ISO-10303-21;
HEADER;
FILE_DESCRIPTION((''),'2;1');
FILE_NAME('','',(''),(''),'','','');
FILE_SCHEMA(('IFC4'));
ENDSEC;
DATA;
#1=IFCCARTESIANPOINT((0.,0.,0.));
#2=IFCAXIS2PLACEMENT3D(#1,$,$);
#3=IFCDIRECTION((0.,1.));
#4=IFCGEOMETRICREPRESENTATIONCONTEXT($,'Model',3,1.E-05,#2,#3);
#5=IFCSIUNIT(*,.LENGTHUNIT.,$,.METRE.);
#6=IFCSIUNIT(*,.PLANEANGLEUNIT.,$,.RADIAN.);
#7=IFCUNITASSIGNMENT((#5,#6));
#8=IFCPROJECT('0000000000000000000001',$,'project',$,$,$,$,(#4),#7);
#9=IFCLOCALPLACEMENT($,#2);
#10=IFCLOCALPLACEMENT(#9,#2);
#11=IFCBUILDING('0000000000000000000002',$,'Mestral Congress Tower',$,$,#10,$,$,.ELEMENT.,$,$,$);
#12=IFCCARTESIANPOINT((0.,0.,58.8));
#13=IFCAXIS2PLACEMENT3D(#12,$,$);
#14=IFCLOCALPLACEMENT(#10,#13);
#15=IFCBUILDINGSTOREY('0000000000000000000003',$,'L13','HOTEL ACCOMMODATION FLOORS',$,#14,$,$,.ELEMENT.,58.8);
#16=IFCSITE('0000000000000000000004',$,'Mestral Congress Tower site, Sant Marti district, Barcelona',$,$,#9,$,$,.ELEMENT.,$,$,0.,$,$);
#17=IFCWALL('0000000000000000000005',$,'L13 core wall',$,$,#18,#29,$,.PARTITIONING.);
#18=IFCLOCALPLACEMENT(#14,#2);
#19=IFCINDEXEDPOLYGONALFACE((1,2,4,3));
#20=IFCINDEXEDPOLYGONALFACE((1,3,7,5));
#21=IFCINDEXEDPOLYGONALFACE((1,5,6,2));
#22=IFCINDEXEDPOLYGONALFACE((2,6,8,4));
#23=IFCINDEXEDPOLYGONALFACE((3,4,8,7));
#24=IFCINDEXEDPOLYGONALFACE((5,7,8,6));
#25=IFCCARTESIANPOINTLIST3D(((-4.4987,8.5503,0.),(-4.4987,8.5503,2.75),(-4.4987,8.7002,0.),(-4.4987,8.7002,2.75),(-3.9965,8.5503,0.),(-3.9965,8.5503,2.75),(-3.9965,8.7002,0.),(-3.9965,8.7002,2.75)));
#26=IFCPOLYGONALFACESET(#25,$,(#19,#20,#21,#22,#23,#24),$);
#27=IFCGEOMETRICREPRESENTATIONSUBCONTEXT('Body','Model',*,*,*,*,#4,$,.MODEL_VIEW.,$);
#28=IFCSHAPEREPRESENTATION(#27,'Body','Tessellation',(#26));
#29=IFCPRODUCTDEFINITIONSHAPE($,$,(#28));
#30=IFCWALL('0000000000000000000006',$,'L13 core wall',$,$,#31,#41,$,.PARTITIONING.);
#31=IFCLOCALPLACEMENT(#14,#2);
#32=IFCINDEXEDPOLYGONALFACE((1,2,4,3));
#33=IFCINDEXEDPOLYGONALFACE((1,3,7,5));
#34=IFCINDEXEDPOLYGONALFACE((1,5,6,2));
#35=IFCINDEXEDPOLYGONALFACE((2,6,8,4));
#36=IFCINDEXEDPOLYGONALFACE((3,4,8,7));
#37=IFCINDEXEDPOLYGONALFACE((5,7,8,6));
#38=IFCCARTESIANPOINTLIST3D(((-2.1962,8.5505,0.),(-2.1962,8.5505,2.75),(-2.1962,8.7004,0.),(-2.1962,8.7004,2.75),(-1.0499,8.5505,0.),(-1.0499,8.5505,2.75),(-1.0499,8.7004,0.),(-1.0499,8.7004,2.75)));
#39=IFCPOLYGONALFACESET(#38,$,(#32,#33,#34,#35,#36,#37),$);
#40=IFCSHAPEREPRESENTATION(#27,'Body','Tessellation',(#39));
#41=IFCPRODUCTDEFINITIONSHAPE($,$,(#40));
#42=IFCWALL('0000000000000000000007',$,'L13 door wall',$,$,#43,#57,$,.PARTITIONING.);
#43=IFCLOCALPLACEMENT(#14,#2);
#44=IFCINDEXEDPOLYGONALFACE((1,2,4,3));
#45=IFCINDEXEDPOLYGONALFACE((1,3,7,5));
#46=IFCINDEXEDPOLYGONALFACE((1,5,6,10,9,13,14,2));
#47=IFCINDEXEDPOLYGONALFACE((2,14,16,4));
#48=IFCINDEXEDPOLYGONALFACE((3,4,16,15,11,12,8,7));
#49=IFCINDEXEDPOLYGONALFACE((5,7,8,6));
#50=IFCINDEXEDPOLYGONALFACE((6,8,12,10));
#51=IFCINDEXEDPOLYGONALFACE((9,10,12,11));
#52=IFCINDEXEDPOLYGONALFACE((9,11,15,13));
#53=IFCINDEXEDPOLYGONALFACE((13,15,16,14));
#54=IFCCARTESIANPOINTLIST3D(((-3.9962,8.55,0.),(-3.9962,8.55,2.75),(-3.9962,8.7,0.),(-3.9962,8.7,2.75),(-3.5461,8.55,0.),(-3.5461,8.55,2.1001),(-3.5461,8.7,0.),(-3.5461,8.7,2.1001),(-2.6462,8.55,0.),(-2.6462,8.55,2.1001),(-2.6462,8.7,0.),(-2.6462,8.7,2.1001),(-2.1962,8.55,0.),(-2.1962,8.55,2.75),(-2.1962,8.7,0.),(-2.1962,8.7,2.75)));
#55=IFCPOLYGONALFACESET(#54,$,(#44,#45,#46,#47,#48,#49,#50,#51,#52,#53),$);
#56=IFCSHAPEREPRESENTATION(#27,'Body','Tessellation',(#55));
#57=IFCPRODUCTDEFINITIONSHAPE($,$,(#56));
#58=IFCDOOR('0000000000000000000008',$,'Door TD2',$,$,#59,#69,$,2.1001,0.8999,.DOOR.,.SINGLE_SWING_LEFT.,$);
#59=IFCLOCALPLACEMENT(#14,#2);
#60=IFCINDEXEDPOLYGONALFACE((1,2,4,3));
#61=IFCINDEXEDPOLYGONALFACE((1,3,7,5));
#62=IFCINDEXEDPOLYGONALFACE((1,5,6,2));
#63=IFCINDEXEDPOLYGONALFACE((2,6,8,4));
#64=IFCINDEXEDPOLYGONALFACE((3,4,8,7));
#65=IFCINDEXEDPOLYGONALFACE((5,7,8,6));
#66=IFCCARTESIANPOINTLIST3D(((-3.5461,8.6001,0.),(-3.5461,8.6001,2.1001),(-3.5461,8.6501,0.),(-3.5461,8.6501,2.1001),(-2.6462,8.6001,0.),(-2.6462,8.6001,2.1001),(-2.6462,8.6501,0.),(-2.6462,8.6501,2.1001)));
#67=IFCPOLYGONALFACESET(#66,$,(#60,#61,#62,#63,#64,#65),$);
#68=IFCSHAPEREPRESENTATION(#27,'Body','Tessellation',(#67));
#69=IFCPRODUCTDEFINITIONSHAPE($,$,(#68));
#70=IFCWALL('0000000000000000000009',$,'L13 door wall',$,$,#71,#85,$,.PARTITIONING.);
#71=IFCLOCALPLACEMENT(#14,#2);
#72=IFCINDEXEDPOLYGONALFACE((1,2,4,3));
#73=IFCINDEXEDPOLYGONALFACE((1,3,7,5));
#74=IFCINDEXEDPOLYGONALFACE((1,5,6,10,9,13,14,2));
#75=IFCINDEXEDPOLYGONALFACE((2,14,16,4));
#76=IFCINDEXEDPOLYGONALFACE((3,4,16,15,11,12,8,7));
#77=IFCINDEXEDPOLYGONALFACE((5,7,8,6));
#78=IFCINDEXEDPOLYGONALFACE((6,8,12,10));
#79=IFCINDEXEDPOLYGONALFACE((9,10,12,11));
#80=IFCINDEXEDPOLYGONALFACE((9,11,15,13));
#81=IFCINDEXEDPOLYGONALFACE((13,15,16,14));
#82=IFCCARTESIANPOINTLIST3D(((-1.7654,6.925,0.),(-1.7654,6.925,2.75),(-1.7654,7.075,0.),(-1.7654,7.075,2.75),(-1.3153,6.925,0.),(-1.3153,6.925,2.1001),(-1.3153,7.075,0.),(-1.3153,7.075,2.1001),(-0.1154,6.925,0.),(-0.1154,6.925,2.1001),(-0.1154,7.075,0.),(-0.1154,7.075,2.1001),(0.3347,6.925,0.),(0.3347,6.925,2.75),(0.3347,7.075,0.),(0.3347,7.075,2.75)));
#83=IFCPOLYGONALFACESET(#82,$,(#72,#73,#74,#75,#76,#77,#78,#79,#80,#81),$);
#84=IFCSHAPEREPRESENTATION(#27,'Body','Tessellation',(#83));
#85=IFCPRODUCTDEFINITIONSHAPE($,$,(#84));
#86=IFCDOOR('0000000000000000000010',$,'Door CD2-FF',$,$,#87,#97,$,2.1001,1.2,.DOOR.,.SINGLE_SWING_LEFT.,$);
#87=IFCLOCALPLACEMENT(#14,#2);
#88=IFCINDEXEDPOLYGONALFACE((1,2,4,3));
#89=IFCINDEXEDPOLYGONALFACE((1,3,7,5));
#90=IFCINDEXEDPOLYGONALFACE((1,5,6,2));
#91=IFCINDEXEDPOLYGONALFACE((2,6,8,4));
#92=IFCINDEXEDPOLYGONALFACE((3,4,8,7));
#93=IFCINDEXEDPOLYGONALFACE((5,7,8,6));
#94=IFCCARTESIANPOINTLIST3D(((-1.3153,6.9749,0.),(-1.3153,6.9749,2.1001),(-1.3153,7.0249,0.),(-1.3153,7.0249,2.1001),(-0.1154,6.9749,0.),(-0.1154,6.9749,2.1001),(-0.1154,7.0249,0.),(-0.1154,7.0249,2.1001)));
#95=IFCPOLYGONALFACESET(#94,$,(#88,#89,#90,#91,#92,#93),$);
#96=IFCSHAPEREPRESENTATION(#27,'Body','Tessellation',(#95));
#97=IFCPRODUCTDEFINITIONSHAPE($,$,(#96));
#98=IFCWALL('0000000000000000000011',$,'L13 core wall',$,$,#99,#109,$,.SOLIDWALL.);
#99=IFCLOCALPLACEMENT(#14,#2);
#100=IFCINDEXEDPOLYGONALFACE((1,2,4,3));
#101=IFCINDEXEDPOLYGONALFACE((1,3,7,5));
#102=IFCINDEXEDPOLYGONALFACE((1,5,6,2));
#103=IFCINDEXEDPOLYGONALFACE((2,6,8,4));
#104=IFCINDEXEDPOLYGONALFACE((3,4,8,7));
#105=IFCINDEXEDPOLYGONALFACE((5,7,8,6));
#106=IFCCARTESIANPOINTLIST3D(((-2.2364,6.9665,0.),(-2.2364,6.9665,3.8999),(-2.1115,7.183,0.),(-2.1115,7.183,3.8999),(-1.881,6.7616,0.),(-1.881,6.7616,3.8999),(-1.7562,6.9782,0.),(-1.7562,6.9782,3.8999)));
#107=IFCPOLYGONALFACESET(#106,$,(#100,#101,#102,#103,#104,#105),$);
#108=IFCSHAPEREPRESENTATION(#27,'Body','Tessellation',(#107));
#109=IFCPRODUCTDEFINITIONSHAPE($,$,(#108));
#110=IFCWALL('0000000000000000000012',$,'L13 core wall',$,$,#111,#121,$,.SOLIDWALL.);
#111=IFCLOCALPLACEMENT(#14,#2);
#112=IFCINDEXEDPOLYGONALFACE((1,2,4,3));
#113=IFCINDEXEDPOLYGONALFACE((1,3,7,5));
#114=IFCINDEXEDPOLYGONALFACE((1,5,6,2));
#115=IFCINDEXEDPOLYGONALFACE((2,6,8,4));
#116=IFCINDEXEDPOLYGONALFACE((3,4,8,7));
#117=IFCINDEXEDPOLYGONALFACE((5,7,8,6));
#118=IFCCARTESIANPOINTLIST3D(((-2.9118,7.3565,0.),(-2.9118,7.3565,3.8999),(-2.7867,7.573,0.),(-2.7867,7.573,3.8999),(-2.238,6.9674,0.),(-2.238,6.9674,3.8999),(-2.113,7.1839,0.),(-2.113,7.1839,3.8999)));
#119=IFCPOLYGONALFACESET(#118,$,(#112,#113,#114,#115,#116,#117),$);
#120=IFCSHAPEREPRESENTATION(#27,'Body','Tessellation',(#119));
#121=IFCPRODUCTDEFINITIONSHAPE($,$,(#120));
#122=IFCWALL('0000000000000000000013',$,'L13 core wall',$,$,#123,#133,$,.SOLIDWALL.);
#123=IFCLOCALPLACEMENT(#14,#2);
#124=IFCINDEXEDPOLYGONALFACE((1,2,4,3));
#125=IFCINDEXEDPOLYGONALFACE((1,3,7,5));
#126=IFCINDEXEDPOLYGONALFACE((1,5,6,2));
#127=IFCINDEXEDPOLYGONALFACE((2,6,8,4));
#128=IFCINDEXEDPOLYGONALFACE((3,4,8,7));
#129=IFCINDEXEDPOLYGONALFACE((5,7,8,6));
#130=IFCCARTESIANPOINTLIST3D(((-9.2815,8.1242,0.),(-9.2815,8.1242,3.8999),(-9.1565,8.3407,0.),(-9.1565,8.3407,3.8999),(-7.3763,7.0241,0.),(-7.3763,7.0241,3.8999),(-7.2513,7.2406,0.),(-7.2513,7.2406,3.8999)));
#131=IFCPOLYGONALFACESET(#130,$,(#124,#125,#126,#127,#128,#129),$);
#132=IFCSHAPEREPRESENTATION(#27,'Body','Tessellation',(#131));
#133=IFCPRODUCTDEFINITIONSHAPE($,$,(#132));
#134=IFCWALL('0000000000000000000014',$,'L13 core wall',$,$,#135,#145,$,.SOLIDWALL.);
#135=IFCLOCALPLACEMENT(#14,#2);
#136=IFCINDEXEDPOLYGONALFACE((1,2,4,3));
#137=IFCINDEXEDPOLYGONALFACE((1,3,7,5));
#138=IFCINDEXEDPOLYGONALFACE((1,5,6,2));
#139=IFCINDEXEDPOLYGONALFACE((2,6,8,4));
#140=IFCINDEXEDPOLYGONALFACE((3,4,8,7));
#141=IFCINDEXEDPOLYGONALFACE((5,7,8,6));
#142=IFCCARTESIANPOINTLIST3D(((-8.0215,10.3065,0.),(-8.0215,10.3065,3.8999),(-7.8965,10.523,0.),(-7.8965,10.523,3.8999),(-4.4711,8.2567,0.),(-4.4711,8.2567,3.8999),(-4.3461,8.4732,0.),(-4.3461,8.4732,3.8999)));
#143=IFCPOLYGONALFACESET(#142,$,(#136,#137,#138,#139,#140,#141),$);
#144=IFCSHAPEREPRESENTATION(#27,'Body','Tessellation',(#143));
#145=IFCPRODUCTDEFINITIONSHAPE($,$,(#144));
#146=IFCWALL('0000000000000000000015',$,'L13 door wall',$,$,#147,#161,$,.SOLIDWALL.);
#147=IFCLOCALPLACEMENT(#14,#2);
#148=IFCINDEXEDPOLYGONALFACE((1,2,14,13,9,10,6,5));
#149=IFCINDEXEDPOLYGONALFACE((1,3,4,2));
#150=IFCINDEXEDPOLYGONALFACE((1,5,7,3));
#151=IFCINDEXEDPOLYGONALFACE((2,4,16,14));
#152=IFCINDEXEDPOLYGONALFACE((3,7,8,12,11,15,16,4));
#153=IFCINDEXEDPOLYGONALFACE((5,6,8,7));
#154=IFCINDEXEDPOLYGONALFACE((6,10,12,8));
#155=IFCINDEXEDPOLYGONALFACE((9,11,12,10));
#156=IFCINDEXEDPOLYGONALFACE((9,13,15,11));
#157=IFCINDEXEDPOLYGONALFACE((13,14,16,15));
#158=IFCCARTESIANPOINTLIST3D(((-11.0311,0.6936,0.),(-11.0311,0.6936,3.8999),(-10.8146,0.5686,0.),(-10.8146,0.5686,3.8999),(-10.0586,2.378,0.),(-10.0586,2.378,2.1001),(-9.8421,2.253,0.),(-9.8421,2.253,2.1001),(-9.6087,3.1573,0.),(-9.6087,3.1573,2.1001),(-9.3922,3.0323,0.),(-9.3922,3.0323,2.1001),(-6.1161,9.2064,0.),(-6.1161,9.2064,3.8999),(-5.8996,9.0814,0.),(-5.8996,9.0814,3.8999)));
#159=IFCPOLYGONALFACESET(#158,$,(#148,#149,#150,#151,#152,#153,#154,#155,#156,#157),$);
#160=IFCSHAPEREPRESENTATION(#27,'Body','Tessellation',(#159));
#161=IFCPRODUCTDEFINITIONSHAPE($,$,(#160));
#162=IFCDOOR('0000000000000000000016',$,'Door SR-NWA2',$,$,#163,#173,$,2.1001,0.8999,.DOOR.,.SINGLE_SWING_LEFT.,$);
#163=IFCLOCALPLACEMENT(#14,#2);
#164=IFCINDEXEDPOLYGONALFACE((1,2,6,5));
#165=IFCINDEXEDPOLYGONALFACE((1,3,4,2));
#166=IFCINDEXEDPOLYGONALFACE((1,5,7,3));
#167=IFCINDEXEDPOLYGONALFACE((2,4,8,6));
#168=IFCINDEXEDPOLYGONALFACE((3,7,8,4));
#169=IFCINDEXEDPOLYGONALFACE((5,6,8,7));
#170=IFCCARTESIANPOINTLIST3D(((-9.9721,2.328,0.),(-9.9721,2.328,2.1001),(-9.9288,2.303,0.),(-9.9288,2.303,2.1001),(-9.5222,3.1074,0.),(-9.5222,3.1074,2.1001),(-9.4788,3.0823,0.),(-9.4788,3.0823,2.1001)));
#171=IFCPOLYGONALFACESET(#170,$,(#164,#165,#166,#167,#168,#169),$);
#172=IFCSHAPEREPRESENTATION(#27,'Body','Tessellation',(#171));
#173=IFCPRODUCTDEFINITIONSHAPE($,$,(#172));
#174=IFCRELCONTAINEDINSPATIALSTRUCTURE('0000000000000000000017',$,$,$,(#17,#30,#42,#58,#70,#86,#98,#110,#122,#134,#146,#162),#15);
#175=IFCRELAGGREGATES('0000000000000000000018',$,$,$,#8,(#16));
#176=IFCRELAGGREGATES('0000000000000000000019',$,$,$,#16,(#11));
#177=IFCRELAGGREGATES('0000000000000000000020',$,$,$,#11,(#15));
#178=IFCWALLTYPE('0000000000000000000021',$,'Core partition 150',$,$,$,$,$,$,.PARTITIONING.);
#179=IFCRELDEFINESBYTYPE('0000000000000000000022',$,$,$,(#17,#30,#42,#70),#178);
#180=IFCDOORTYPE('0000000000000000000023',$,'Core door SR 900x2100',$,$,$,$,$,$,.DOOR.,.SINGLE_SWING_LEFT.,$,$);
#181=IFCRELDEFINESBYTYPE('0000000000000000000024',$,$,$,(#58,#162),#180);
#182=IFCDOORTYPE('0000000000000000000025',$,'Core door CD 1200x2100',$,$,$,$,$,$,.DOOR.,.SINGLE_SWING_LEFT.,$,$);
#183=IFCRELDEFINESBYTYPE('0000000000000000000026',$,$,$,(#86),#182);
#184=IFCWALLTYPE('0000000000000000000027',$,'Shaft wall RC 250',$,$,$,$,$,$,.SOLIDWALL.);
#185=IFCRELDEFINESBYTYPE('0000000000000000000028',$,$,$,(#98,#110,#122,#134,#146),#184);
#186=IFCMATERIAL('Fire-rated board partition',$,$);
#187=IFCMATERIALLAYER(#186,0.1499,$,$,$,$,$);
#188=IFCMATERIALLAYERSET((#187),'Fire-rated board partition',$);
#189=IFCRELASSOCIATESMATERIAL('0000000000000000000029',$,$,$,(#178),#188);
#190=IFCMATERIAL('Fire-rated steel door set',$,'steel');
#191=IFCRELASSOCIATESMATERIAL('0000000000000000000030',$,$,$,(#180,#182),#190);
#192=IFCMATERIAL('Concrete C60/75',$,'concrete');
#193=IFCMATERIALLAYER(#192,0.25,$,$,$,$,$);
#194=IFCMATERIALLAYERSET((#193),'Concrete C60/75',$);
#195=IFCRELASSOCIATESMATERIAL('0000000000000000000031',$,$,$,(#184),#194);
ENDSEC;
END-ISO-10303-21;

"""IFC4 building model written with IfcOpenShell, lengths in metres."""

from ifc_helpers import new_model, si_unit, direction, frame, frame_2d, origin, place, context, subcontext, project, spatial, rectangle, extrude, material, layer, layer_set, type_object, element, fill, save


model = new_model("IFC4")

# Units and contexts
model_context = context("Model", 3, precision=1e-05, world=origin(), true_north=direction((0.0, 1.0)))
body_context = subcontext(model_context, "Body", "Model", "MODEL_VIEW")
ifc_project = project(units=[si_unit("LENGTHUNIT", "METRE"), si_unit("PLANEANGLEUNIT", "RADIAN")], contexts=[model_context])

# Site, building, storey
site_placement = place(None, origin())
site = spatial("IfcSite", under=ifc_project, at=site_placement, Name="Mestral Congress Tower site, Sant Marti district, Barcelona", CompositionType="ELEMENT", RefElevation=0.0)
building_placement = place(site_placement, origin())
building = spatial("IfcBuilding", under=site, at=building_placement, Name="Mestral Congress Tower", CompositionType="ELEMENT")
storey_placement = place(building_placement, frame((0.0, 0.0, 58.8)))
storey = spatial("IfcBuildingStorey", under=building, at=storey_placement, Name="L13", Description="HOTEL ACCOMMODATION FLOORS", CompositionType="ELEMENT", Elevation=58.8)

# Walls
ifc_material_1 = material(Name="Fire-rated board partition")
ifc_layer_1 = layer(ifc_material_1, 0.1499)
ifc_layer_set_1 = layer_set([ifc_layer_1], Name="Fire-rated board partition")
wall_type_1 = type_object("IfcWallType", Name="Core partition 150", PredefinedType="PARTITIONING", material=ifc_layer_set_1)
wall_1_placement = place(storey_placement, frame((-3.9966, 8.6252, 0.0), z_axis=(0.0, 0.0, 1.0), x_axis=(-1.0, 0.0, 0.0)))
element("IfcWall", 1, at=wall_1_placement, inside=storey, type_object=wall_type_1, Name="L13 core wall", PredefinedType="PARTITIONING", context=body_context, shape_type="SweptSolid", body=[
    extrude(rectangle(XDim=0.5022, YDim=0.1499, at=frame_2d((0.251, 0.0))), origin(), (0.0, 0.0, 1.0), 2.75),
])
wall_2_placement = place(storey_placement, frame((-2.1963, 8.6255, 0.0), z_axis=(0.0, 0.0, 1.0), x_axis=(1.0, 0.0, 0.0)))
element("IfcWall", 2, at=wall_2_placement, inside=storey, type_object=wall_type_1, Name="L13 core wall", PredefinedType="PARTITIONING", context=body_context, shape_type="SweptSolid", body=[
    extrude(rectangle(XDim=1.1462, YDim=0.1499, at=frame_2d((0.5732, 0.0))), origin(), (0.0, 0.0, 1.0), 2.75),
])

# Walls, openings, doors
wall_3_placement = place(storey_placement, frame((-2.1963, 8.625, 0.0), z_axis=(0.0, 0.0, 1.0), x_axis=(-1.0, 0.0, 0.0)))
wall_3 = element("IfcWall", 3, at=wall_3_placement, inside=storey, type_object=wall_type_1, Name="L13 door wall", PredefinedType="PARTITIONING", context=body_context, shape_type="SweptSolid", body=[
    extrude(rectangle(XDim=1.8, YDim=0.1499, at=frame_2d((0.8999, 0.0))), origin(), (0.0, 0.0, 1.0), 2.75),
])
opening_1_placement = place(wall_3_placement, frame((0.45, 0.0, 0.0)))
opening_1 = element("IfcOpeningElement", 4, at=opening_1_placement, cuts=wall_3, PredefinedType="OPENING", context=body_context, shape_type="SweptSolid", body=[
    extrude(rectangle(XDim=0.8999, YDim=2.1001, at=frame_2d((0.45, 1.05))), frame((0.0, 0.085, 0.0), z_axis=(0.0, -1.0, 0.0), x_axis=(1.0, 0.0, 0.0)), (0.0, 0.0, 1.0), 0.1699),
])
ifc_material_2 = material(Name="Fire-rated steel door set", Category="steel")
door_type_1 = type_object("IfcDoorType", Name="Core door SR 900x2100", OperationType="SINGLE_SWING_LEFT", PredefinedType="DOOR", material=ifc_material_2)
door_1_placement = place(opening_1_placement, origin())
door_1 = element("IfcDoor", 5, at=door_1_placement, inside=storey, type_object=door_type_1, Name="Door TD2", OperationType="SINGLE_SWING_LEFT", OverallHeight=2.1001, OverallWidth=0.8999, PredefinedType="DOOR", context=body_context, shape_type="SweptSolid", body=[
    extrude(rectangle(XDim=0.8999, YDim=2.1001, at=frame_2d((0.45, 1.05))), frame((0.0, 0.0249, 0.0), z_axis=(0.0, -1.0, 0.0), x_axis=(1.0, 0.0, 0.0)), (0.0, 0.0, 1.0), 0.05),
])
fill(opening_1, door_1)
wall_4_placement = place(storey_placement, frame((-1.7654, 7.0, 0.0), z_axis=(0.0, 0.0, 1.0), x_axis=(1.0, 0.0, 0.0)))
wall_4 = element("IfcWall", 6, at=wall_4_placement, inside=storey, type_object=wall_type_1, Name="L13 door wall", PredefinedType="PARTITIONING", context=body_context, shape_type="SweptSolid", body=[
    extrude(rectangle(XDim=2.1001, YDim=0.1499, at=frame_2d((1.05, 0.0))), origin(), (0.0, 0.0, 1.0), 2.75),
])
opening_2_placement = place(wall_4_placement, frame((0.45, 0.0, 0.0)))
opening_2 = element("IfcOpeningElement", 7, at=opening_2_placement, cuts=wall_4, PredefinedType="OPENING", context=body_context, shape_type="SweptSolid", body=[
    extrude(rectangle(XDim=1.2, YDim=2.1001, at=frame_2d((0.6001, 1.05))), frame((0.0, 0.085, 0.0), z_axis=(0.0, -1.0, 0.0), x_axis=(1.0, 0.0, 0.0)), (0.0, 0.0, 1.0), 0.1699),
])
door_type_2 = type_object("IfcDoorType", Name="Core door CD 1200x2100", OperationType="SINGLE_SWING_LEFT", PredefinedType="DOOR", material=ifc_material_2)
door_2_placement = place(opening_2_placement, origin())
door_2 = element("IfcDoor", 8, at=door_2_placement, inside=storey, type_object=door_type_2, Name="Door CD2-FF", OperationType="SINGLE_SWING_LEFT", OverallHeight=2.1001, OverallWidth=1.2, PredefinedType="DOOR", context=body_context, shape_type="SweptSolid", body=[
    extrude(rectangle(XDim=1.2, YDim=2.1001, at=frame_2d((0.6001, 1.05))), frame((0.0, 0.0249, 0.0), z_axis=(0.0, -1.0, 0.0), x_axis=(1.0, 0.0, 0.0)), (0.0, 0.0, 1.0), 0.05),
])
fill(opening_2, door_2)

# Walls
ifc_material_3 = material(Name="Concrete C60/75", Category="concrete")
ifc_layer_2 = layer(ifc_material_3, 0.25)
ifc_layer_set_2 = layer_set([ifc_layer_2], Name="Concrete C60/75")
wall_type_2 = type_object("IfcWallType", Name="Shaft wall RC 250", PredefinedType="SOLIDWALL", material=ifc_layer_set_2)
wall_5_placement = place(storey_placement, frame((-1.8186, 6.8699, 0.0), z_axis=(0.0, 0.0, 1.0), x_axis=(-0.866295, 0.499533, 0.0)))
element("IfcWall", 9, at=wall_5_placement, inside=storey, type_object=wall_type_2, Name="L13 core wall", PredefinedType="SOLIDWALL", context=body_context, shape_type="SweptSolid", body=[
    extrude(rectangle(XDim=0.4102, YDim=0.25, at=frame_2d((0.2051, 0.0))), origin(), (0.0, 0.0, 1.0), 3.8999),
])
wall_6_placement = place(storey_placement, frame((-2.8494, 7.4648, 0.0), z_axis=(0.0, 0.0, 1.0), x_axis=(0.865956, -0.500121, 0.0)))
element("IfcWall", 10, at=wall_6_placement, inside=storey, type_object=wall_type_2, Name="L13 core wall", PredefinedType="SOLIDWALL", context=body_context, shape_type="SweptSolid", body=[
    extrude(rectangle(XDim=0.7781, YDim=0.25, at=frame_2d((0.3892, 0.0))), origin(), (0.0, 0.0, 1.0), 3.8999),
])
wall_7_placement = place(storey_placement, frame((-7.3137, 7.1323, 0.0), z_axis=(0.0, 0.0, 1.0), x_axis=(-0.866008, 0.50003, 0.0)))
element("IfcWall", 11, at=wall_7_placement, inside=storey, type_object=wall_type_2, Name="L13 core wall", PredefinedType="SOLIDWALL", context=body_context, shape_type="SweptSolid", body=[
    extrude(rectangle(XDim=2.2, YDim=0.25, at=frame_2d((1.1001, 0.0))), origin(), (0.0, 0.0, 1.0), 3.8999),
])
wall_8_placement = place(storey_placement, frame((-7.959, 10.4148, 0.0), z_axis=(0.0, 0.0, 1.0), x_axis=(0.866021, -0.500008, 0.0)))
element("IfcWall", 12, at=wall_8_placement, inside=storey, type_object=wall_type_2, Name="L13 core wall", PredefinedType="SOLIDWALL", context=body_context, shape_type="SweptSolid", body=[
    extrude(rectangle(XDim=4.0996, YDim=0.25, at=frame_2d((2.0498, 0.0))), origin(), (0.0, 0.0, 1.0), 3.8999),
])

# Wall, opening, door
wall_9_placement = place(storey_placement, frame((-6.0078, 9.144, 0.0), z_axis=(0.0, 0.0, 1.0), x_axis=(-0.500007, -0.866021, 0.0)))
wall_9 = element("IfcWall", 13, at=wall_9_placement, inside=storey, type_object=wall_type_2, Name="L13 door wall", PredefinedType="SOLIDWALL", context=body_context, shape_type="SweptSolid", body=[
    extrude(rectangle(XDim=9.8298, YDim=0.25, at=frame_2d((4.915, 0.0))), origin(), (0.0, 0.0, 1.0), 3.8999),
])
opening_3_placement = place(wall_9_placement, frame((6.9851, 0.0, 0.0)))
opening_3 = element("IfcOpeningElement", 14, at=opening_3_placement, cuts=wall_9, PredefinedType="OPENING", context=body_context, shape_type="SweptSolid", body=[
    extrude(rectangle(XDim=0.8999, YDim=2.1001, at=frame_2d((0.45, 1.05))), frame((0.0, 0.135, 0.0), z_axis=(0.0, -1.0, 0.0), x_axis=(1.0, 0.0, 0.0)), (0.0, 0.0, 1.0), 0.27),
])
door_3_placement = place(opening_3_placement, origin())
door_3 = element("IfcDoor", 15, at=door_3_placement, inside=storey, type_object=door_type_1, Name="Door SR-NWA2", OperationType="SINGLE_SWING_LEFT", OverallHeight=2.1001, OverallWidth=0.8999, PredefinedType="DOOR", context=body_context, shape_type="SweptSolid", body=[
    extrude(rectangle(XDim=0.8999, YDim=2.1001, at=frame_2d((0.45, 1.05))), frame((0.0, 0.0249, 0.0), z_axis=(0.0, -1.0, 0.0), x_axis=(1.0, 0.0, 0.0)), (0.0, 0.0, 1.0), 0.05),
])
fill(opening_3, door_3)

save(model, "model.ifc")
